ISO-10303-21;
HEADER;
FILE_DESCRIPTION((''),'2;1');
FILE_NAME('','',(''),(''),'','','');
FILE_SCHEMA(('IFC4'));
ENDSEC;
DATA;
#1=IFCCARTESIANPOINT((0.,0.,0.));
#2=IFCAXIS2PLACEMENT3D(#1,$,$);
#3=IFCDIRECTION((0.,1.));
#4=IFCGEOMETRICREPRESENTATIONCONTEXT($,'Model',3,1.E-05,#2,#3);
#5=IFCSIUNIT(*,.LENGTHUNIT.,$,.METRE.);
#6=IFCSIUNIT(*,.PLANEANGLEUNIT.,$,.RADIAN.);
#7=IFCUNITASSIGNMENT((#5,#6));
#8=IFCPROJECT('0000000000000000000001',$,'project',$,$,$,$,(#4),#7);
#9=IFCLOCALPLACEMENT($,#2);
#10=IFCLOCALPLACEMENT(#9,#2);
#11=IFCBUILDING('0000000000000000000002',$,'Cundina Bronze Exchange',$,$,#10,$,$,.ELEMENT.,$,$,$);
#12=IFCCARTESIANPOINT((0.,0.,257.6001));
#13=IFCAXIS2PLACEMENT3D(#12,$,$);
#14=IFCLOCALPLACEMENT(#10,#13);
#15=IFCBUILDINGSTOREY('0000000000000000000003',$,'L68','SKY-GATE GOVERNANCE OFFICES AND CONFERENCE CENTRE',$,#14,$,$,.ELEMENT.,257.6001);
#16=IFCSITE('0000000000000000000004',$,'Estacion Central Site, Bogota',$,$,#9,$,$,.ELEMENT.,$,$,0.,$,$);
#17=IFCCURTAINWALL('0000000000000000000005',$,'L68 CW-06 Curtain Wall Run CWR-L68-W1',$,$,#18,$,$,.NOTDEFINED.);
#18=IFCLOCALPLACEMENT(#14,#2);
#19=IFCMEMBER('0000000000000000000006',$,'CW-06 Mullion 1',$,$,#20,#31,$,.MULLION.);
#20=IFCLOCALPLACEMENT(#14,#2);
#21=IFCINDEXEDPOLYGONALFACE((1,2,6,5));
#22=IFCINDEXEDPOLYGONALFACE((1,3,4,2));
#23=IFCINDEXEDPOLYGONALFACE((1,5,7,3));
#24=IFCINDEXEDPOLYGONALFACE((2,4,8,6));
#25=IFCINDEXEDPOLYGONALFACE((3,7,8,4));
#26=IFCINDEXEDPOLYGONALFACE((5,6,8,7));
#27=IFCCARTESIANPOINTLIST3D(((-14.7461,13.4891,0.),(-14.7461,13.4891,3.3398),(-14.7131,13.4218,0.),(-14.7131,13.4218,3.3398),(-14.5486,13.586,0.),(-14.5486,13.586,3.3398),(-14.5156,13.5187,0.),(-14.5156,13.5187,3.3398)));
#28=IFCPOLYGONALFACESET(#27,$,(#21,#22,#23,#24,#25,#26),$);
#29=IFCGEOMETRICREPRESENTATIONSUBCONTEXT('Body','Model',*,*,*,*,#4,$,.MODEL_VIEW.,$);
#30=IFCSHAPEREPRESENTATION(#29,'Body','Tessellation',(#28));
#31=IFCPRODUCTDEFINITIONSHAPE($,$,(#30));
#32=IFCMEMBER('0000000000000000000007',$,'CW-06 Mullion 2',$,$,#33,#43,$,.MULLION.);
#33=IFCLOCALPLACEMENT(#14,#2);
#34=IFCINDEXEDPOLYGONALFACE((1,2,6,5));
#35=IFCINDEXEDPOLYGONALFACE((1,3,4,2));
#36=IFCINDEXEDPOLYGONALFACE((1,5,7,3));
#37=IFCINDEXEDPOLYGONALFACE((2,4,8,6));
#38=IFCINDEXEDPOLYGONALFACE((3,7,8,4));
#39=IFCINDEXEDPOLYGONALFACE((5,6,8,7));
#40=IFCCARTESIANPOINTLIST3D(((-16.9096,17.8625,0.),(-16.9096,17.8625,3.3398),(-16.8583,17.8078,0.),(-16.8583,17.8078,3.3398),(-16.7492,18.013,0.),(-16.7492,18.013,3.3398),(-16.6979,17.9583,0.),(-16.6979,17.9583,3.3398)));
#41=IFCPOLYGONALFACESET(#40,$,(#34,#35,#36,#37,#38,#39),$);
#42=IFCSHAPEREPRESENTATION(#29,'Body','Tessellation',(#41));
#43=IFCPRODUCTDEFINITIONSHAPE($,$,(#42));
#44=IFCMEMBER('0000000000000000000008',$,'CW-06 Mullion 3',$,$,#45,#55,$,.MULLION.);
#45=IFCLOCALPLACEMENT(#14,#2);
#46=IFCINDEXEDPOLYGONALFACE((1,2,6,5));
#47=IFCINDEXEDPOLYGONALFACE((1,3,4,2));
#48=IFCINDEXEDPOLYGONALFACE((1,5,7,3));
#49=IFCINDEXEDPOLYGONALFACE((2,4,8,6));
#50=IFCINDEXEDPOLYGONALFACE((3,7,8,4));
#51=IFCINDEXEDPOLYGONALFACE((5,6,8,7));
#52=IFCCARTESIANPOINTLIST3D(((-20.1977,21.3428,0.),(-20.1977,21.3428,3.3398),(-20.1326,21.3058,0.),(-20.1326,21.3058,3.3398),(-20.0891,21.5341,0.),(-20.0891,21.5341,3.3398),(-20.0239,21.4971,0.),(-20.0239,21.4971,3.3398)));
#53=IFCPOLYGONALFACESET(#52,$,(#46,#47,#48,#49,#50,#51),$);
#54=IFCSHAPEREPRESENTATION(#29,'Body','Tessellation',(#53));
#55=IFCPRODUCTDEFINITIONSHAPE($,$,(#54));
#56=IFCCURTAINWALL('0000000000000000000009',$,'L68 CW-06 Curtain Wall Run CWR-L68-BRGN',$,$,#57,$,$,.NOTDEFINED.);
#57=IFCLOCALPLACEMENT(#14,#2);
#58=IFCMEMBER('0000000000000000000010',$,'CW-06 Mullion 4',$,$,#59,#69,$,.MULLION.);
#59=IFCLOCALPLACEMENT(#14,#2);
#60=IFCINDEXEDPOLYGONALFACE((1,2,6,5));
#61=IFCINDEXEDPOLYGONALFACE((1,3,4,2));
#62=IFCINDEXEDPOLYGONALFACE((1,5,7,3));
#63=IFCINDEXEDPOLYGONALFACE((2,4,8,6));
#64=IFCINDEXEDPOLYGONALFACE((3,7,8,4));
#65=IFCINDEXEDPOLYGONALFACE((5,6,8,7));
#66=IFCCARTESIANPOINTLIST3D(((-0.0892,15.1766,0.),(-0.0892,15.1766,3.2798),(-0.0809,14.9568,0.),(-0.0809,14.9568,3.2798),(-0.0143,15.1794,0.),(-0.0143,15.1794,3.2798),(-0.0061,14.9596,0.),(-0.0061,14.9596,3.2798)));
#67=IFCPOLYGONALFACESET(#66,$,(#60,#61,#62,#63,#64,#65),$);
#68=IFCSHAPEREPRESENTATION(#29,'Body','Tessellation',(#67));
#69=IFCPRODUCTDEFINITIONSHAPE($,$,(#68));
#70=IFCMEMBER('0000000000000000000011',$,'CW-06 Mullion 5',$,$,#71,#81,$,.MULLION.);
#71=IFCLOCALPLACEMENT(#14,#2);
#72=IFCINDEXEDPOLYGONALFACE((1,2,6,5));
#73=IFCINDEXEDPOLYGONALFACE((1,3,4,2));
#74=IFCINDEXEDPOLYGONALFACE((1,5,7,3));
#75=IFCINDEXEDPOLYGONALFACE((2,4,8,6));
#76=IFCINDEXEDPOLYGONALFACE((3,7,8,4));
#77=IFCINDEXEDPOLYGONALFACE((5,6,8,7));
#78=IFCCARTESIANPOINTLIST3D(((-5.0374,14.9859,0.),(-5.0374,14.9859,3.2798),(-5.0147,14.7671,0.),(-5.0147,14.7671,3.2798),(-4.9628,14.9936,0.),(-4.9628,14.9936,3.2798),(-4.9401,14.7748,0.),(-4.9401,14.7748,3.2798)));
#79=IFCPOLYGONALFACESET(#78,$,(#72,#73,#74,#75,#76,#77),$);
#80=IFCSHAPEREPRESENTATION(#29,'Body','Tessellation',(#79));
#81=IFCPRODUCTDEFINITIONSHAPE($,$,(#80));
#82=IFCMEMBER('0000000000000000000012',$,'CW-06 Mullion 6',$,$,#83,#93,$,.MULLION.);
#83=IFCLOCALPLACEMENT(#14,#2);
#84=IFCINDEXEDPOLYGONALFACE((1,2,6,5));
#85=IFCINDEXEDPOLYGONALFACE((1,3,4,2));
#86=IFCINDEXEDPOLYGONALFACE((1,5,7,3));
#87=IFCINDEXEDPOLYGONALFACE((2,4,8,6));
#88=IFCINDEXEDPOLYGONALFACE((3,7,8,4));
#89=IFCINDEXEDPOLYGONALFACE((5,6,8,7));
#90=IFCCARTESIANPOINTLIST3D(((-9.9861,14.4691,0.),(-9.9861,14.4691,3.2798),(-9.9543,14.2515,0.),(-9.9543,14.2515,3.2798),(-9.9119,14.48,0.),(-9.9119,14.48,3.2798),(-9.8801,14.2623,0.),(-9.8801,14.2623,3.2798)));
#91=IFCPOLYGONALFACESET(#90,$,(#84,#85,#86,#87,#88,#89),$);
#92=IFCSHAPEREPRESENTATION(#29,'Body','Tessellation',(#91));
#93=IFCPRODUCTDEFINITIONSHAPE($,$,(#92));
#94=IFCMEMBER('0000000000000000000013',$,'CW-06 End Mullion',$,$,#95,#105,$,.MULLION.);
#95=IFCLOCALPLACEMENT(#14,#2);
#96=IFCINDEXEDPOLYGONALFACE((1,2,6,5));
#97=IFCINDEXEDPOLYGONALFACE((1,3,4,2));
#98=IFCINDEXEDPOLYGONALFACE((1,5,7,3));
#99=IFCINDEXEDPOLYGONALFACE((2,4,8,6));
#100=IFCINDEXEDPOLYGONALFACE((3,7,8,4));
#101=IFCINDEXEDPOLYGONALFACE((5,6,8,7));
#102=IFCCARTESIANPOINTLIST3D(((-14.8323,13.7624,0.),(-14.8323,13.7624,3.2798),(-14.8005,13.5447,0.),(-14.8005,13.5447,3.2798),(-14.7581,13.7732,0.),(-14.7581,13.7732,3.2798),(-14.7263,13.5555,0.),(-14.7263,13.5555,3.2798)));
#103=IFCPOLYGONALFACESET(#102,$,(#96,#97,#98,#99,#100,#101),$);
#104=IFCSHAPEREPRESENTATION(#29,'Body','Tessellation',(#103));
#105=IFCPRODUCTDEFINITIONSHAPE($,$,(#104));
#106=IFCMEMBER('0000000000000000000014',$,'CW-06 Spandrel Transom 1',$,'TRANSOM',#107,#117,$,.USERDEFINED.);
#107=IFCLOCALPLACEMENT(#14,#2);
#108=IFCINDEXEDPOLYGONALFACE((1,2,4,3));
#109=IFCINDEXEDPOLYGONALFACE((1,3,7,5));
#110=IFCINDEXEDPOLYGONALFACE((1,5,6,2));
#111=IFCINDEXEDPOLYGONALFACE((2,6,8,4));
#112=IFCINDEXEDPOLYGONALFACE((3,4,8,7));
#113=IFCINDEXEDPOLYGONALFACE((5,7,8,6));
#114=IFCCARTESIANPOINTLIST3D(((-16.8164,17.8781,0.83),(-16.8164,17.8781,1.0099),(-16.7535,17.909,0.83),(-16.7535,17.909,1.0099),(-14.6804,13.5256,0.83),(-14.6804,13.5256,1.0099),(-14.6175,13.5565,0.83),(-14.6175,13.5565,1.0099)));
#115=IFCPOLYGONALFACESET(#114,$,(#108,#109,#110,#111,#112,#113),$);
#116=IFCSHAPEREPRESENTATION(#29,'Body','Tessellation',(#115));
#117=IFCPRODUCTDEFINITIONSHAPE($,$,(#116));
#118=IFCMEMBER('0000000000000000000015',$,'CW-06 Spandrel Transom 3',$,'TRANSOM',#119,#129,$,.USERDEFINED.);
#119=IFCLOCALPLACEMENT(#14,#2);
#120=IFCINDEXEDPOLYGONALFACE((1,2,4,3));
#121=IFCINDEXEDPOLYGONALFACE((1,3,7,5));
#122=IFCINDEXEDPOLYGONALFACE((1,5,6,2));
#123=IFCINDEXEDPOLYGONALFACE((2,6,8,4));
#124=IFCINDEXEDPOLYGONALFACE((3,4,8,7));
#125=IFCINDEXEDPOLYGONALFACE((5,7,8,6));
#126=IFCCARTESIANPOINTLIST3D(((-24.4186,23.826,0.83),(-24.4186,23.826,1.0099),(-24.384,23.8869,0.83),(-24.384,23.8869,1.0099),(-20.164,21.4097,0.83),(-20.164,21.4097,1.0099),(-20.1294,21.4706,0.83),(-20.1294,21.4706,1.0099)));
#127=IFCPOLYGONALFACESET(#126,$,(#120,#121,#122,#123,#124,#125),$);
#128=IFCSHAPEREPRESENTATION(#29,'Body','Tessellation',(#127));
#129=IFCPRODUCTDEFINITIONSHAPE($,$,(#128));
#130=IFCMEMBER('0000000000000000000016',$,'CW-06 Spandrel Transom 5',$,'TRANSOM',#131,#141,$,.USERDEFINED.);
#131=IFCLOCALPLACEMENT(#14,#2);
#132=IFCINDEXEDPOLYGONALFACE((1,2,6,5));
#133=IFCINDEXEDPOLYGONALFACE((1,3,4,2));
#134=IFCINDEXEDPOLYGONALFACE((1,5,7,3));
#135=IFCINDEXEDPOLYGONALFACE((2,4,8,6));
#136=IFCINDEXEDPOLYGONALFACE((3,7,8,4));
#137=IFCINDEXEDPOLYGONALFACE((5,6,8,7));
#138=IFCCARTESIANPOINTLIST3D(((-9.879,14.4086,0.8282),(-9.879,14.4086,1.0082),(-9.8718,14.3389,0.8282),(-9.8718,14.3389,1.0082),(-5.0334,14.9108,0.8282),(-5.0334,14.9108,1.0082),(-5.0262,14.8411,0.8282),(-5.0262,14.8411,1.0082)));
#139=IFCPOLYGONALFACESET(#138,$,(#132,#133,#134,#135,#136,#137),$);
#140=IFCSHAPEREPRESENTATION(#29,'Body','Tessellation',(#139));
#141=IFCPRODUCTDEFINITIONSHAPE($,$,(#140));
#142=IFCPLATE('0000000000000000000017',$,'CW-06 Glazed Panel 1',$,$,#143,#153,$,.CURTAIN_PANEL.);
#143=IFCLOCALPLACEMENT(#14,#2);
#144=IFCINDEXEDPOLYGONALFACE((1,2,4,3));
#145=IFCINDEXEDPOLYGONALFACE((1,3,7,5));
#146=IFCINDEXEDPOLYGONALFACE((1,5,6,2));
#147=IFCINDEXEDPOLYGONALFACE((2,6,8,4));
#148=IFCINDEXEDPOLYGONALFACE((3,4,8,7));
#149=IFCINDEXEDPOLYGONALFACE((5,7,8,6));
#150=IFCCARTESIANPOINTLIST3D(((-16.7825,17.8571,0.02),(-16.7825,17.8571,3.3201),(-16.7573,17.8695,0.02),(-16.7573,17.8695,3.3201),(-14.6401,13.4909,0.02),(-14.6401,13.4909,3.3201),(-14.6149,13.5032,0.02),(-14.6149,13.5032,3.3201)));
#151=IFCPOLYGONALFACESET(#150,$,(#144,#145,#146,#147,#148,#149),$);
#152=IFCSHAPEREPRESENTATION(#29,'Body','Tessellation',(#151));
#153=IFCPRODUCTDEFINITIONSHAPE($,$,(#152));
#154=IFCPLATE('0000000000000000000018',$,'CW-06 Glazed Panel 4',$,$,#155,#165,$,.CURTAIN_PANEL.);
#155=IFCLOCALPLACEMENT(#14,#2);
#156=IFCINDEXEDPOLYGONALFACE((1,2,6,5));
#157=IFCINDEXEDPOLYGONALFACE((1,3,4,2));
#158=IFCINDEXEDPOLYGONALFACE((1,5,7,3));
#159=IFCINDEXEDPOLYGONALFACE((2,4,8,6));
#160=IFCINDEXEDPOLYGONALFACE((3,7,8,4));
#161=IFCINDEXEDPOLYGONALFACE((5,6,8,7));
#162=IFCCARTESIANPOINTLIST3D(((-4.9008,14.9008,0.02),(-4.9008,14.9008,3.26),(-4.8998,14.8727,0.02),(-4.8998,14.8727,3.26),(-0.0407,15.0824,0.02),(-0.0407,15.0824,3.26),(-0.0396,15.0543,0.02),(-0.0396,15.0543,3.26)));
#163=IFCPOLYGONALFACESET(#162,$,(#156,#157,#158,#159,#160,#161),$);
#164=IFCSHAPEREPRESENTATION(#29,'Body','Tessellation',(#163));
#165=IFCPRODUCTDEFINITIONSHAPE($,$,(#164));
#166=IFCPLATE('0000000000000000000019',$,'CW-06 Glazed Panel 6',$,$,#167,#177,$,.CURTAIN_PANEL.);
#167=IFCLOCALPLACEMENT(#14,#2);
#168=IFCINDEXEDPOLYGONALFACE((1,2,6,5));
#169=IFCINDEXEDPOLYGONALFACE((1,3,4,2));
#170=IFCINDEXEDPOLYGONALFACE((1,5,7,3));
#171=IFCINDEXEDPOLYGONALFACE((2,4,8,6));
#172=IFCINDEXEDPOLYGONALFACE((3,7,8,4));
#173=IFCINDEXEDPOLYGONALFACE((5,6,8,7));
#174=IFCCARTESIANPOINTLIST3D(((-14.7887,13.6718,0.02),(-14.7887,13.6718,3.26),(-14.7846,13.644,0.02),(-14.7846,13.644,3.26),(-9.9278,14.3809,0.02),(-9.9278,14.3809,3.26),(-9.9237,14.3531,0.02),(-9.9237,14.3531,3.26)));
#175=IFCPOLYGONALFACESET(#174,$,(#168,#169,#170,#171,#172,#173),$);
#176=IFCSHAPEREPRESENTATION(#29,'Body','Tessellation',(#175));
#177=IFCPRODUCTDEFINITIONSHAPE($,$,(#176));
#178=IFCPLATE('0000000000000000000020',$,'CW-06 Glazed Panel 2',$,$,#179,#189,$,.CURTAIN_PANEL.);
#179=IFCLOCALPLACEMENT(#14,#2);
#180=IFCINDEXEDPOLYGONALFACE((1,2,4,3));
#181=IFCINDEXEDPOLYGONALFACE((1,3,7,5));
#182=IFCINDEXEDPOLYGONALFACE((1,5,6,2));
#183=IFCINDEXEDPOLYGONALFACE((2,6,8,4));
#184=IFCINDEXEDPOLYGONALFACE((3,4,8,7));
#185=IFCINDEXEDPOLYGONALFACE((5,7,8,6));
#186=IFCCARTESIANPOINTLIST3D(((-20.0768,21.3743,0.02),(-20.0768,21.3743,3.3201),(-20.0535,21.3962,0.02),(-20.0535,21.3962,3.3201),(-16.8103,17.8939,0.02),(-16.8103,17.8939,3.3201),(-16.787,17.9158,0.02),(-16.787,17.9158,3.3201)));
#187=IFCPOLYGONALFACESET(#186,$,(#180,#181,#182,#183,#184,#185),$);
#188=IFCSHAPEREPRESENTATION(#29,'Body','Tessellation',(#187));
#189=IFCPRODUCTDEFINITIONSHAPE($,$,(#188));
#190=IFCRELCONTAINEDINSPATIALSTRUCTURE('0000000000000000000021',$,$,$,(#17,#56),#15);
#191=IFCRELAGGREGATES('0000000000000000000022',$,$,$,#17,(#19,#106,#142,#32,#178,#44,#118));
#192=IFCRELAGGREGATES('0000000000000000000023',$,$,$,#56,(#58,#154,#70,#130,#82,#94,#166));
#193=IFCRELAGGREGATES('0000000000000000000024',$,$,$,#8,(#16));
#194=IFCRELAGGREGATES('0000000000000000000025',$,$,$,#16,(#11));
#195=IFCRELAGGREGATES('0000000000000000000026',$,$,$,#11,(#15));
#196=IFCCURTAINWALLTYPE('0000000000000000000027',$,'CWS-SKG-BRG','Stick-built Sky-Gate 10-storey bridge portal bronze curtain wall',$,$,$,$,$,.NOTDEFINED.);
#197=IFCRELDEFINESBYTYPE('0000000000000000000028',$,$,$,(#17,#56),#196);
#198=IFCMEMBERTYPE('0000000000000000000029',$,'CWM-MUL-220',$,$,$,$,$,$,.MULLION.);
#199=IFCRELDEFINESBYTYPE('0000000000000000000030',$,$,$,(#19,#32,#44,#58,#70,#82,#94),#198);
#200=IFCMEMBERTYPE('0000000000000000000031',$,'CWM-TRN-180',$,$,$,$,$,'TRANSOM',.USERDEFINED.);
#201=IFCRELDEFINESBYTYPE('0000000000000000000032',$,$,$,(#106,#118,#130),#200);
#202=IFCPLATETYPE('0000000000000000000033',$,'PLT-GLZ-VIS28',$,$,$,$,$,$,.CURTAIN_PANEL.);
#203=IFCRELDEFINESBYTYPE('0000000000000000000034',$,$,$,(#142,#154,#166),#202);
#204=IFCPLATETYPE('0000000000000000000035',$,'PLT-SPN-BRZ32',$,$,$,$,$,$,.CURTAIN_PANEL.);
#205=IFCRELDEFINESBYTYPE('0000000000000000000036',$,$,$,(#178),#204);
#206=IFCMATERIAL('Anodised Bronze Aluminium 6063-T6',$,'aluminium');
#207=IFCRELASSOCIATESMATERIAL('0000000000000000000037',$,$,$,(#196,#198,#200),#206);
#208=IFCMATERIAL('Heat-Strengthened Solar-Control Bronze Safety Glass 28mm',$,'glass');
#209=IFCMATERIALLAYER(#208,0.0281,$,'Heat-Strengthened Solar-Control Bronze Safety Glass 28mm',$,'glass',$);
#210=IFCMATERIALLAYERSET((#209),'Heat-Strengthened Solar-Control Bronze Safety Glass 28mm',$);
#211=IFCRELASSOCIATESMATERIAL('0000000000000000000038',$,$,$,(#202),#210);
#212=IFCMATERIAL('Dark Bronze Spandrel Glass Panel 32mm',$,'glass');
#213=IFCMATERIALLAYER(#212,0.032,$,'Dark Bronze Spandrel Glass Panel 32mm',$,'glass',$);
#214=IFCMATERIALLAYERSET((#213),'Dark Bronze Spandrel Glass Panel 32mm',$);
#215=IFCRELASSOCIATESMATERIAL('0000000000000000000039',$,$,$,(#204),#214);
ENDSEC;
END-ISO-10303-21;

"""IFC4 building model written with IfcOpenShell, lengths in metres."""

from ifc_helpers import new_model, si_unit, direction, frame, origin, origin_2d, place, context, subcontext, project, spatial, rectangle, extrude, material, layer, layer_set, material_profile, profile_set, type_object, element, aggregate, save


model = new_model("IFC4")

# Units and contexts
model_context = context("Model", 3, precision=1e-05, world=origin(), true_north=direction((0.0, 1.0)))
body_context = subcontext(model_context, "Body", "Model", "MODEL_VIEW")
ifc_project = project(units=[si_unit("LENGTHUNIT", "METRE"), si_unit("PLANEANGLEUNIT", "RADIAN")], contexts=[model_context])

# Site, building, storey
site_placement = place(None, origin())
site = spatial("IfcSite", under=ifc_project, at=site_placement, Name="Estacion Central Site, Bogota", CompositionType="ELEMENT", RefElevation=0.0)
building_placement = place(site_placement, origin())
building = spatial("IfcBuilding", under=site, at=building_placement, Name="Cundina Bronze Exchange", CompositionType="ELEMENT")
storey_placement = place(building_placement, frame((0.0, 0.0, 257.6001)))
storey = spatial("IfcBuildingStorey", under=building, at=storey_placement, Name="L68", Description="SKY-GATE GOVERNANCE OFFICES AND CONFERENCE CENTRE", CompositionType="ELEMENT", Elevation=257.6001)

# Curtain walls, members
ifc_material_1 = material(Name="Anodised Bronze Aluminium 6063-T6", Category="aluminium")
curtain_wall_type = type_object("IfcCurtainWallType", Name="CWS-SKG-BRG", Description="Stick-built Sky-Gate 10-storey bridge portal bronze curtain wall", PredefinedType="NOTDEFINED", material=ifc_material_1)
curtain_wall_1_placement = place(storey_placement, origin())
curtain_wall_1 = element("IfcCurtainWall", 1, at=curtain_wall_1_placement, inside=storey, type_object=curtain_wall_type, Name="L68 CW-06 Curtain Wall Run CWR-L68-W1", PredefinedType="NOTDEFINED")
ifc_material_profile_1 = material_profile(ifc_material_1, rectangle(XDim=0.075, YDim=0.22, at=origin_2d()), Name="AL75X220", Category="aluminium")
ifc_profile_set_1 = profile_set([ifc_material_profile_1], Name="Anodised Bronze Aluminium 6063-T6")
member_type_1 = type_object("IfcMemberType", Name="CWM-MUL-220", PredefinedType="MULLION", material=ifc_profile_set_1)
member_1_placement = place(storey_placement, frame((-14.6309, 13.5039, 0.0), z_axis=(0.0, 0.0, 1.0), x_axis=(-0.440566, 0.89772, 0.0)))
member_1 = element("IfcMember", 2, at=member_1_placement, type_object=member_type_1, Name="CW-06 Mullion 1", PredefinedType="MULLION", context=body_context, shape_type="SweptSolid", body=[
    extrude(rectangle(XDim=0.075, YDim=0.22, at=origin_2d()), origin(), (0.0, 0.0, 1.0), 3.3398),
])
member_2_placement = place(storey_placement, frame((-16.8037, 17.9104, 0.0), z_axis=(0.0, 0.0, 1.0), x_axis=(-0.684293, 0.729208, 0.0)))
member_2 = element("IfcMember", 3, at=member_2_placement, type_object=member_type_1, Name="CW-06 Mullion 2", PredefinedType="MULLION", context=body_context, shape_type="SweptSolid", body=[
    extrude(rectangle(XDim=0.075, YDim=0.22, at=origin_2d()), origin(), (0.0, 0.0, 1.0), 3.3398),
])
member_3_placement = place(storey_placement, frame((-20.1108, 21.4199, 0.0), z_axis=(0.0, 0.0, 1.0), x_axis=(-0.869581, 0.49379, 0.0)))
member_3 = element("IfcMember", 4, at=member_3_placement, type_object=member_type_1, Name="CW-06 Mullion 3", PredefinedType="MULLION", context=body_context, shape_type="SweptSolid", body=[
    extrude(rectangle(XDim=0.075, YDim=0.22, at=origin_2d()), origin(), (0.0, 0.0, 1.0), 3.3398),
])
curtain_wall_2_placement = place(storey_placement, origin())
curtain_wall_2 = element("IfcCurtainWall", 5, at=curtain_wall_2_placement, inside=storey, type_object=curtain_wall_type, Name="L68 CW-06 Curtain Wall Run CWR-L68-BRGN", PredefinedType="NOTDEFINED")
member_4_placement = place(storey_placement, frame((-0.0476, 15.0681, 0.0), z_axis=(0.0, 0.0, 1.0), x_axis=(-0.999303, -0.037341, 0.0)))
member_4 = element("IfcMember", 6, at=member_4_placement, type_object=member_type_1, Name="CW-06 Mullion 4", PredefinedType="MULLION", context=body_context, shape_type="SweptSolid", body=[
    extrude(rectangle(XDim=0.075, YDim=0.22, at=origin_2d()), origin(), (0.0, 0.0, 1.0), 3.2798),
])
member_5_placement = place(storey_placement, frame((-4.9888, 14.8804, 0.0), z_axis=(0.0, 0.0, 1.0), x_axis=(-0.994667, -0.10314, 0.0)))
member_5 = element("IfcMember", 7, at=member_5_placement, type_object=member_type_1, Name="CW-06 Mullion 5", PredefinedType="MULLION", context=body_context, shape_type="SweptSolid", body=[
    extrude(rectangle(XDim=0.075, YDim=0.22, at=origin_2d()), origin(), (0.0, 0.0, 1.0), 3.2798),
])
member_6_placement = place(storey_placement, frame((-9.9331, 14.3657, 0.0), z_axis=(0.0, 0.0, 1.0), x_axis=(-0.989526, -0.144356, 0.0)))
member_6 = element("IfcMember", 8, at=member_6_placement, type_object=member_type_1, Name="CW-06 Mullion 6", PredefinedType="MULLION", context=body_context, shape_type="SweptSolid", body=[
    extrude(rectangle(XDim=0.075, YDim=0.22, at=origin_2d()), origin(), (0.0, 0.0, 1.0), 3.2798),
])
member_7_placement = place(storey_placement, frame((-14.7793, 13.6589, 0.0), z_axis=(0.0, 0.0, 1.0), x_axis=(-0.989526, -0.144356, 0.0)))
member_7 = element("IfcMember", 9, at=member_7_placement, type_object=member_type_1, Name="CW-06 End Mullion", PredefinedType="MULLION", context=body_context, shape_type="SweptSolid", body=[
    extrude(rectangle(XDim=0.075, YDim=0.22, at=origin_2d()), origin(), (0.0, 0.0, 1.0), 3.2798),
])

# Members
ifc_material_profile_2 = material_profile(ifc_material_1, rectangle(XDim=0.0701, YDim=0.1799, at=origin_2d()), Name="AL70X180", Category="aluminium")
ifc_profile_set_2 = profile_set([ifc_material_profile_2], Name="Anodised Bronze Aluminium 6063-T6")
member_type_2 = type_object("IfcMemberType", Name="CWM-TRN-180", ElementType="TRANSOM", PredefinedType="USERDEFINED", material=ifc_profile_set_2)
member_8_placement = place(storey_placement, frame((-14.6489, 13.541, 0.9199), z_axis=(-0.440554, 0.897726, 0.0), x_axis=(-0.897726, -0.440554, 0.0)))
member_8 = element("IfcMember", 10, at=member_8_placement, type_object=member_type_2, Name="CW-06 Spandrel Transom 1", ObjectType="TRANSOM", PredefinedType="USERDEFINED", context=body_context, shape_type="SweptSolid", body=[
    extrude(rectangle(XDim=0.0701, YDim=0.1799, at=origin_2d()), origin(), (0.0, 0.0, 1.0), 4.8484),
])
member_9_placement = place(storey_placement, frame((-20.1467, 21.4402, 0.9199), z_axis=(-0.869557, 0.493832, 0.0), x_axis=(-0.493832, -0.869557, 0.0)))
member_9 = element("IfcMember", 11, at=member_9_placement, type_object=member_type_2, Name="CW-06 Spandrel Transom 3", ObjectType="TRANSOM", PredefinedType="USERDEFINED", context=body_context, shape_type="SweptSolid", body=[
    extrude(rectangle(XDim=0.0701, YDim=0.1799, at=origin_2d()), origin(), (0.0, 0.0, 1.0), 4.8928),
])
member_10_placement = place(storey_placement, frame((-5.0298, 14.876, 0.9182), z_axis=(-0.994672, -0.103086, 0.0), x_axis=(0.103086, -0.994672, 0.0)))
member_10 = element("IfcMember", 12, at=member_10_placement, type_object=member_type_2, Name="CW-06 Spandrel Transom 5", ObjectType="TRANSOM", PredefinedType="USERDEFINED", context=body_context, shape_type="SweptSolid", body=[
    extrude(rectangle(XDim=0.0701, YDim=0.1799, at=origin_2d()), origin(), (0.0, 0.0, 1.0), 4.8716),
])

# Plates
ifc_material_2 = material(Name="Heat-Strengthened Solar-Control Bronze Safety Glass 28mm", Category="glass")
ifc_layer_1 = layer(ifc_material_2, 0.0281, Name="Heat-Strengthened Solar-Control Bronze Safety Glass 28mm", Category="glass")
ifc_layer_set_1 = layer_set([ifc_layer_1], Name="Heat-Strengthened Solar-Control Bronze Safety Glass 28mm")
plate_type_1 = type_object("IfcPlateType", Name="PLT-GLZ-VIS28", PredefinedType="CURTAIN_PANEL", material=ifc_layer_set_1)
plate_1_placement = place(storey_placement, frame((-15.6987, 15.6802, 0.02), z_axis=(0.0, 0.0, 1.0), x_axis=(-0.440503, 0.897751, 0.0)))
plate_1 = element("IfcPlate", 13, at=plate_1_placement, type_object=plate_type_1, Name="CW-06 Glazed Panel 1", PredefinedType="CURTAIN_PANEL", context=body_context, shape_type="SweptSolid", body=[
    extrude(rectangle(XDim=4.8635, YDim=0.0281, at=origin_2d()), origin(), (0.0, 0.0, 1.0), 3.3),
])
plate_2_placement = place(storey_placement, frame((-2.4702, 14.9775, 0.02), z_axis=(0.0, 0.0, 1.0), x_axis=(-0.999303, -0.037341, 0.0)))
plate_2 = element("IfcPlate", 14, at=plate_2_placement, type_object=plate_type_1, Name="CW-06 Glazed Panel 4", PredefinedType="CURTAIN_PANEL", context=body_context, shape_type="SweptSolid", body=[
    extrude(rectangle(XDim=4.8635, YDim=0.0281, at=origin_2d()), origin(), (0.0, 0.0, 1.0), 3.24),
])
plate_3_placement = place(storey_placement, frame((-12.3562, 14.0125, 0.02), z_axis=(0.0, 0.0, 1.0), x_axis=(-0.989528, -0.144339, 0.0)))
plate_3 = element("IfcPlate", 15, at=plate_3_placement, type_object=plate_type_1, Name="CW-06 Glazed Panel 6", PredefinedType="CURTAIN_PANEL", context=body_context, shape_type="SweptSolid", body=[
    extrude(rectangle(XDim=4.9124, YDim=0.0281, at=origin_2d()), origin(), (0.0, 0.0, 1.0), 3.24),
])
ifc_material_3 = material(Name="Dark Bronze Spandrel Glass Panel 32mm", Category="glass")
ifc_layer_2 = layer(ifc_material_3, 0.032, Name="Dark Bronze Spandrel Glass Panel 32mm", Category="glass")
ifc_layer_set_2 = layer_set([ifc_layer_2], Name="Dark Bronze Spandrel Glass Panel 32mm")
plate_type_2 = type_object("IfcPlateType", Name="PLT-SPN-BRZ32", PredefinedType="CURTAIN_PANEL", material=ifc_layer_set_2)
plate_4_placement = place(storey_placement, frame((-18.4319, 19.645, 0.02), z_axis=(0.0, 0.0, 1.0), x_axis=(-0.684344, 0.72916, 0.0)))
plate_4 = element("IfcPlate", 16, at=plate_4_placement, type_object=plate_type_2, Name="CW-06 Glazed Panel 2", PredefinedType="CURTAIN_PANEL", context=body_context, shape_type="SweptSolid", body=[
    extrude(rectangle(XDim=4.7732, YDim=0.032, at=origin_2d()), origin(), (0.0, 0.0, 1.0), 3.3),
])
aggregate(curtain_wall_1, [member_1, member_8, plate_1, member_2, plate_4, member_3, member_9])
aggregate(curtain_wall_2, [member_4, plate_2, member_5, member_10, member_6, member_7, plate_3])

save(model, "model.ifc")
